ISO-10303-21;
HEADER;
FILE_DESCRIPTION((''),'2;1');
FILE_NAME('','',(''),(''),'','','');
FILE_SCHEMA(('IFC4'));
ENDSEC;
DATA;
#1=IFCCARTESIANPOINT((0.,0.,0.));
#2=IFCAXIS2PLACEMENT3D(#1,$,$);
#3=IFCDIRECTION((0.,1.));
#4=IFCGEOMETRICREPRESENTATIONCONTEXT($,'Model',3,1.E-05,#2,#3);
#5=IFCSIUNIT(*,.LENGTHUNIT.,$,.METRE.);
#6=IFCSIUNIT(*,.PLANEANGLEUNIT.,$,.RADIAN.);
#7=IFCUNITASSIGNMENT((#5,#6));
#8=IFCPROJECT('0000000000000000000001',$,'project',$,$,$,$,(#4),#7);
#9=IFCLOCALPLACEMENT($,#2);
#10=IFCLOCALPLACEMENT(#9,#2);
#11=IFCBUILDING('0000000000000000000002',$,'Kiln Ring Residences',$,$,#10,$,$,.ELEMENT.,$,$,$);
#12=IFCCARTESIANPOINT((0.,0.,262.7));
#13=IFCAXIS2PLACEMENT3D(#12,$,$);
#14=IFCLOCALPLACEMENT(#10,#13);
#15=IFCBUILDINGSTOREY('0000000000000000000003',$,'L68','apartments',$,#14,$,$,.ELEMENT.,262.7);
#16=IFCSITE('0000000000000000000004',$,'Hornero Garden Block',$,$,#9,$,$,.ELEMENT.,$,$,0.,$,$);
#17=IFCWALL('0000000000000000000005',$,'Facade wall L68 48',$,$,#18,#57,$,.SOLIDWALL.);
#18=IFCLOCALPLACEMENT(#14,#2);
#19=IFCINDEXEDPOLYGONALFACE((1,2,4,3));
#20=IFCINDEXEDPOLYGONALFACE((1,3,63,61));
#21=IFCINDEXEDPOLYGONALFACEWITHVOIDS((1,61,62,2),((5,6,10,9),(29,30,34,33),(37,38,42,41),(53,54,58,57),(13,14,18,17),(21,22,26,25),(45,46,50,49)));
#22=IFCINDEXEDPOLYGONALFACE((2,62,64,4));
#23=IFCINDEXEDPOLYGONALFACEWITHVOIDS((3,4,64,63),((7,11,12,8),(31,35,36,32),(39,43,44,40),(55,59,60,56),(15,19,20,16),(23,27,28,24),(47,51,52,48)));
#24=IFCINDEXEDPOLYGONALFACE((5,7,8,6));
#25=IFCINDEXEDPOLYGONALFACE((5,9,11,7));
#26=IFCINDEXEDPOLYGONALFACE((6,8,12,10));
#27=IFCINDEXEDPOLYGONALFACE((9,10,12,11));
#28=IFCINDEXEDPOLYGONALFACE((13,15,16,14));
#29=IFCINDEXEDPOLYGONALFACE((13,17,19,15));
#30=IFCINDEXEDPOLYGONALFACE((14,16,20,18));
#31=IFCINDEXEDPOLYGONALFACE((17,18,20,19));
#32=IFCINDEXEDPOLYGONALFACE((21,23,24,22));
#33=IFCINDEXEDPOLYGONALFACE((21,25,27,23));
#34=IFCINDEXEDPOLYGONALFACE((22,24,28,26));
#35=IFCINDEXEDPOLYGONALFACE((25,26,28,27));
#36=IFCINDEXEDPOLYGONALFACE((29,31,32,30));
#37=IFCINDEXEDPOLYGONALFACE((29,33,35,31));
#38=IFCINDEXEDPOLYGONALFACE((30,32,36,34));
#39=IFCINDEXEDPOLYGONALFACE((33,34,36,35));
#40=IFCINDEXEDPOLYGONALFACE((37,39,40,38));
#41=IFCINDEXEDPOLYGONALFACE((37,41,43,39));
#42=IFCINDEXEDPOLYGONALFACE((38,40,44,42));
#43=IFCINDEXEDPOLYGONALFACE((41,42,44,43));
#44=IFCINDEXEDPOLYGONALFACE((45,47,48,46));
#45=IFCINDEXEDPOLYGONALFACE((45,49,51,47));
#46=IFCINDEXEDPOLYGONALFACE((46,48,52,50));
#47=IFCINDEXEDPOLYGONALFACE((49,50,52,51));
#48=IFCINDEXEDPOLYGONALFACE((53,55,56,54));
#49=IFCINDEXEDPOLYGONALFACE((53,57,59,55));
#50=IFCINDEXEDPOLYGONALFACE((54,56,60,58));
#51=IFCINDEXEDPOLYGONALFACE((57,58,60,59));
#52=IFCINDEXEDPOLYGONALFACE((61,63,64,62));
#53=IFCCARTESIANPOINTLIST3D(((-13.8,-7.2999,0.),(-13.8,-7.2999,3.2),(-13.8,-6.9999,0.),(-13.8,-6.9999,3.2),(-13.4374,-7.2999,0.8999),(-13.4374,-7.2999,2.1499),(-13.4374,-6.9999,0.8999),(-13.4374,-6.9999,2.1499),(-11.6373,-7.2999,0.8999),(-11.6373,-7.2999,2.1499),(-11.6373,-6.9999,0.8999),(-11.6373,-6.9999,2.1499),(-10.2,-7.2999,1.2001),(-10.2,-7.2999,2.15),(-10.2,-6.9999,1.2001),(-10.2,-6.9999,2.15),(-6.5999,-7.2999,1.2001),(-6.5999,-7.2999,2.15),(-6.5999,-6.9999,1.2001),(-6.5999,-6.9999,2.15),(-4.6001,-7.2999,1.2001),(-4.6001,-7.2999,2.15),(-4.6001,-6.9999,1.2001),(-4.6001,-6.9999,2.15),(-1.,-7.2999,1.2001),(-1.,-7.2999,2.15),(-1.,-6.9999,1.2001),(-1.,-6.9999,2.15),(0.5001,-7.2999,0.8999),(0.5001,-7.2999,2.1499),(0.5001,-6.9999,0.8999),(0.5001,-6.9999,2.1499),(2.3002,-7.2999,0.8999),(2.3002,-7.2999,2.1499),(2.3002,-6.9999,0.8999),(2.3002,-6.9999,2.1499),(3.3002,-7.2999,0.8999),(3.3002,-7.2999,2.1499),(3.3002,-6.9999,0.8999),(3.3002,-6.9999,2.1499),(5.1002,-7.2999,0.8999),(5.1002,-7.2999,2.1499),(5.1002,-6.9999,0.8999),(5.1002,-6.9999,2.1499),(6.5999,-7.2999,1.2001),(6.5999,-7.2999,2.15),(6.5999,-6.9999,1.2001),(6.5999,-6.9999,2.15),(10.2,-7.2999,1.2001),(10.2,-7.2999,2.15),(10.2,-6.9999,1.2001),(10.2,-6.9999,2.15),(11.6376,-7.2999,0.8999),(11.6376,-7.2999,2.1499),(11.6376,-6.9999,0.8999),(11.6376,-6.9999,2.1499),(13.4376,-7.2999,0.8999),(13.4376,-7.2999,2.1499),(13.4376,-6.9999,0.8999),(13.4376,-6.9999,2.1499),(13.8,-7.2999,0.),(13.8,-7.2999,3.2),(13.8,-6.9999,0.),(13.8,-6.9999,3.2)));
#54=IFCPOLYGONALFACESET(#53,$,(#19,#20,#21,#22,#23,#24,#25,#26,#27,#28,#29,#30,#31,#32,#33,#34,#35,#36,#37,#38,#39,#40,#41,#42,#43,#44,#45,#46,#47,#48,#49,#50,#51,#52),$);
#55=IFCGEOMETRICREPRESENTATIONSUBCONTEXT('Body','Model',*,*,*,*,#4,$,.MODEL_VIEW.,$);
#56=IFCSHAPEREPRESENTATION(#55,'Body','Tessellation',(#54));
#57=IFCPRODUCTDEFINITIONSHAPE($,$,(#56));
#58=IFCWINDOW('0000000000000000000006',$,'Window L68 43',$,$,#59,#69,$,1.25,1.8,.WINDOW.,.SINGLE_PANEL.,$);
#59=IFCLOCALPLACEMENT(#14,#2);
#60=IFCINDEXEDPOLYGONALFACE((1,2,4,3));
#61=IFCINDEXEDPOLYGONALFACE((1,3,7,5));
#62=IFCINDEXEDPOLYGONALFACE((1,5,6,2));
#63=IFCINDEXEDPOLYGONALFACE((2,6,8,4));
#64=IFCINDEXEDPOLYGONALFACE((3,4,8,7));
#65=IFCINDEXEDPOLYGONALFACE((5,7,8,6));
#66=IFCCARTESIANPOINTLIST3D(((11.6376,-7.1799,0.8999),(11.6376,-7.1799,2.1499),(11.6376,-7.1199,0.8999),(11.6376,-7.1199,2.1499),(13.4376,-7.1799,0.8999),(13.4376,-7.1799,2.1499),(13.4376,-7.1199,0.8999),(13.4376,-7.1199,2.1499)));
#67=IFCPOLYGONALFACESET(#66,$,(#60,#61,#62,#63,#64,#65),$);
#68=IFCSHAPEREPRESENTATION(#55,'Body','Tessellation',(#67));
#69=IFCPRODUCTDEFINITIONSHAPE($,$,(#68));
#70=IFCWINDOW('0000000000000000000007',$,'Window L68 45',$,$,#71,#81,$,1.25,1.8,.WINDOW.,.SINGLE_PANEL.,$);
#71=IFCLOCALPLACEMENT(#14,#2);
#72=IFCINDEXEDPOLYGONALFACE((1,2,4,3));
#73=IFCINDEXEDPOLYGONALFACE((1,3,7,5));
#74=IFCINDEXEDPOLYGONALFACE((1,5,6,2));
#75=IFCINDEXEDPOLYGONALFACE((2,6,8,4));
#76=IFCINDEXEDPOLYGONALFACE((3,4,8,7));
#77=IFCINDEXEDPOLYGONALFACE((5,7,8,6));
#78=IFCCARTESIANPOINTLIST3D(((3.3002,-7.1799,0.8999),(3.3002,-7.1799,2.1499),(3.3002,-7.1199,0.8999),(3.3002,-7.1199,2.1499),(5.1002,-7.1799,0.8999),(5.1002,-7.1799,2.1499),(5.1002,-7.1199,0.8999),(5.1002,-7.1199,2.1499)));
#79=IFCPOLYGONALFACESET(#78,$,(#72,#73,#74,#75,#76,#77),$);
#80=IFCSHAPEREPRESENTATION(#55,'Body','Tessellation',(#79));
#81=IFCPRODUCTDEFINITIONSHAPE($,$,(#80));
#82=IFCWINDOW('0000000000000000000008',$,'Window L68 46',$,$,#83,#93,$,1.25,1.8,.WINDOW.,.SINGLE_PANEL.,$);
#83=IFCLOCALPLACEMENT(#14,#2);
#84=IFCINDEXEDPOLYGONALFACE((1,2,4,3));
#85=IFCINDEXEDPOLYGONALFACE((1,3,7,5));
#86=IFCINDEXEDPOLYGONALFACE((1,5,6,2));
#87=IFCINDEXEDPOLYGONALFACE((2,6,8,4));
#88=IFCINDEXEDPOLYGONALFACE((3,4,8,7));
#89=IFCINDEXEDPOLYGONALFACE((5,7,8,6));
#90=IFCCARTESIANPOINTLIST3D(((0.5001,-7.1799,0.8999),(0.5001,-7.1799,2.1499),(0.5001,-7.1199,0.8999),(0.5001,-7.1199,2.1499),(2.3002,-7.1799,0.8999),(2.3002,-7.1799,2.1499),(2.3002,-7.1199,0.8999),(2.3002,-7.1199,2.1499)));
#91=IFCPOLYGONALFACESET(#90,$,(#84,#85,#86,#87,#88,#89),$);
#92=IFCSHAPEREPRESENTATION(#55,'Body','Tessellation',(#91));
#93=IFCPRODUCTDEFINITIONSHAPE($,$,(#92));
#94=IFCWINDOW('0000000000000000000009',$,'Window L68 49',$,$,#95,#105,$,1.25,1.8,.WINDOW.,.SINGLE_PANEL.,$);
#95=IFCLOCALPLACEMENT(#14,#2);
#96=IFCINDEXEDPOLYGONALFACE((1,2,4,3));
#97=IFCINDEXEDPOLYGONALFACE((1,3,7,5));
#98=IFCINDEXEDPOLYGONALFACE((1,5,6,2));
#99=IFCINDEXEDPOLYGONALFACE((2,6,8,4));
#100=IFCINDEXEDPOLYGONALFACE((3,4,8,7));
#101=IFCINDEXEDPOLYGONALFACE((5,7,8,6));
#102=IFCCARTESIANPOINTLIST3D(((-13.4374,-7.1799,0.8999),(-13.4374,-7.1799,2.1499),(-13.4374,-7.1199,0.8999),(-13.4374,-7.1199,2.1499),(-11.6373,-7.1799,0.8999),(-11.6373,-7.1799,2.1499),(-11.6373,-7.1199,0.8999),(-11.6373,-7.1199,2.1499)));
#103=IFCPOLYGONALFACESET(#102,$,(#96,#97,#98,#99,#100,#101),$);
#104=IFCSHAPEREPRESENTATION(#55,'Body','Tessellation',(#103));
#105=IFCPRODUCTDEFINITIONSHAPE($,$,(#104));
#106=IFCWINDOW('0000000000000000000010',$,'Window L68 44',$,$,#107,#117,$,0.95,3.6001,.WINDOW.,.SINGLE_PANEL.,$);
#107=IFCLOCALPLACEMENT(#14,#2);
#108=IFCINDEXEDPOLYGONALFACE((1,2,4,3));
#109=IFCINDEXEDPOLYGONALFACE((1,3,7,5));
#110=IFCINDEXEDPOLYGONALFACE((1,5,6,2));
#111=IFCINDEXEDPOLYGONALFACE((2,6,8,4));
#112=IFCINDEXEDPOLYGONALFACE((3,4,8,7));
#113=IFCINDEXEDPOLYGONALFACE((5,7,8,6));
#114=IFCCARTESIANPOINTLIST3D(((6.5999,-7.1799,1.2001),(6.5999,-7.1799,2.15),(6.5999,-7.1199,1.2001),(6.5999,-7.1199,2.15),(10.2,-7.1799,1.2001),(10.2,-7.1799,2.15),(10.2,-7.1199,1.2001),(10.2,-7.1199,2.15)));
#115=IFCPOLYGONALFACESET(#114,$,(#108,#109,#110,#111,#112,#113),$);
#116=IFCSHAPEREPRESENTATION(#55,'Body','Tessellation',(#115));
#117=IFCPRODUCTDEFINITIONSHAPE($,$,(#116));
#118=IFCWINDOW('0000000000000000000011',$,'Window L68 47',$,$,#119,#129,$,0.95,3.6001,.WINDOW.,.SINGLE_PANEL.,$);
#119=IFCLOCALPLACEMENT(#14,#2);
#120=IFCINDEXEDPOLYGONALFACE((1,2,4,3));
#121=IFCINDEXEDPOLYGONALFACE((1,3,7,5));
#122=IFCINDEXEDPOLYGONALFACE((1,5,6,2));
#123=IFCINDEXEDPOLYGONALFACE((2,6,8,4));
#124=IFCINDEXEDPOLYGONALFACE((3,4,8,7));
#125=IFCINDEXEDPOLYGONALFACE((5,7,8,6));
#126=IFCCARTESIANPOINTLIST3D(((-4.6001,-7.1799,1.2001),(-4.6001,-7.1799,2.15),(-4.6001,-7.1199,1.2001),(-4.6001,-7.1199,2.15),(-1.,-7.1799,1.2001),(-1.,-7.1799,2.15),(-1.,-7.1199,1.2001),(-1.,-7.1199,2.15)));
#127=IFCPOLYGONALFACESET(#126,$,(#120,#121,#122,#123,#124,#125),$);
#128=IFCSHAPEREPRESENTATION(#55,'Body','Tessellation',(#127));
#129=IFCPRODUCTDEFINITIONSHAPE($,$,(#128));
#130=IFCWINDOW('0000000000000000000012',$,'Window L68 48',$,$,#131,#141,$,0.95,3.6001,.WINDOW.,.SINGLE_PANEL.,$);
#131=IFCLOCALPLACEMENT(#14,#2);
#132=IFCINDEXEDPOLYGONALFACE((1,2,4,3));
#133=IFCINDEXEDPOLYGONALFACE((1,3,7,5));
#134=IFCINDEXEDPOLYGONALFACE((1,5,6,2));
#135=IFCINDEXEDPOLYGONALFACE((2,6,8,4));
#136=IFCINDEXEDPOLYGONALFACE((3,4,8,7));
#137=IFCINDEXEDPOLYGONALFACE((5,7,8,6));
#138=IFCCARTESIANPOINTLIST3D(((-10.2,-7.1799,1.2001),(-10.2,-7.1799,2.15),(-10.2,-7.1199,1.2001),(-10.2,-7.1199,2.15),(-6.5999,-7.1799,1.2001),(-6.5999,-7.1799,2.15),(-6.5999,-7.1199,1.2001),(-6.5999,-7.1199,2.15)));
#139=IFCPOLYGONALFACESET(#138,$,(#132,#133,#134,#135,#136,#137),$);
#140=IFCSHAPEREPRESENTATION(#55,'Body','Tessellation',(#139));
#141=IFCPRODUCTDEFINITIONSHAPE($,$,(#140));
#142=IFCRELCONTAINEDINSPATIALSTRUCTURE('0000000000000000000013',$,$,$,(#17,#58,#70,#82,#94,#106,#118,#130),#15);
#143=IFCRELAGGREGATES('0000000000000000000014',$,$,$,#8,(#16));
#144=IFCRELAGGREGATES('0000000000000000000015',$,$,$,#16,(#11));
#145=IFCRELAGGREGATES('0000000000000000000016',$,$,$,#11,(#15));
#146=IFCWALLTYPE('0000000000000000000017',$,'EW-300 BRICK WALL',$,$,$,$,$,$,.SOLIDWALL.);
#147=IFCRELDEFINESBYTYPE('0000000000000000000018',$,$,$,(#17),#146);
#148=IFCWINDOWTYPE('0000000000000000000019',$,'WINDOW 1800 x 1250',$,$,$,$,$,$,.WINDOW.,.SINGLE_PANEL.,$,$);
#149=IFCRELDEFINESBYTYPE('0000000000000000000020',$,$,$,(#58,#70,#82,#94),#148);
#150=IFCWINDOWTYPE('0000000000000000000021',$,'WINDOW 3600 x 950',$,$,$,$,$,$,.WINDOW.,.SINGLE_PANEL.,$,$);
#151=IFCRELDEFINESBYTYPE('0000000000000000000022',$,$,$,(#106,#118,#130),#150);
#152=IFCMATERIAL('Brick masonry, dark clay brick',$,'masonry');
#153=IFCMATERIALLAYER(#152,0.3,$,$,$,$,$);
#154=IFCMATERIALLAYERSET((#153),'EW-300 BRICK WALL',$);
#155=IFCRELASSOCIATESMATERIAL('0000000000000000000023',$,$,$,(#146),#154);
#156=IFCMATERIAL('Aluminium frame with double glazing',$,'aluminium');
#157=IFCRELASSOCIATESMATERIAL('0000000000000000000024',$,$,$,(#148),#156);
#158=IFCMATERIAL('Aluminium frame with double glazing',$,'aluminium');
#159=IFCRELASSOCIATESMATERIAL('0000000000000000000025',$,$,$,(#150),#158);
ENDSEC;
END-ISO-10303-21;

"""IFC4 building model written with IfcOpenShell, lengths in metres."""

from ifc_helpers import new_model, si_unit, direction, frame, frame_2d, origin, place, context, subcontext, project, spatial, rectangle, extrude, material, layer, layer_set, type_object, element, fill, save


model = new_model("IFC4")

# Units and contexts
model_context = context("Model", 3, precision=1e-05, world=origin(), true_north=direction((0.0, 1.0)))
body_context = subcontext(model_context, "Body", "Model", "MODEL_VIEW")
ifc_project = project(units=[si_unit("LENGTHUNIT", "METRE"), si_unit("PLANEANGLEUNIT", "RADIAN")], contexts=[model_context])

# Site, building, storey
site_placement = place(None, origin())
site = spatial("IfcSite", under=ifc_project, at=site_placement, Name="Hornero Garden Block", CompositionType="ELEMENT", RefElevation=0.0)
building_placement = place(site_placement, origin())
building = spatial("IfcBuilding", under=site, at=building_placement, Name="Kiln Ring Residences", CompositionType="ELEMENT")
storey_placement = place(building_placement, frame((0.0, 0.0, 262.7)))
storey = spatial("IfcBuildingStorey", under=building, at=storey_placement, Name="L68", Description="apartments", CompositionType="ELEMENT", Elevation=262.7)

# Wall, openings, windows
ifc_material_1 = material(Name="Brick masonry, dark clay brick", Category="masonry")
ifc_layer_1 = layer(ifc_material_1, 0.3)
ifc_layer_set_1 = layer_set([ifc_layer_1], Name="EW-300 BRICK WALL")
wall_type_1 = type_object("IfcWallType", Name="EW-300 BRICK WALL", PredefinedType="SOLIDWALL", material=ifc_layer_set_1)
wall_1_placement = place(storey_placement, frame((13.8, -7.1499, 0.0), z_axis=(0.0, 0.0, 1.0), x_axis=(-1.0, 0.0, 0.0)))
wall_1 = element("IfcWall", 1, at=wall_1_placement, inside=storey, type_object=wall_type_1, Name="Facade wall L68 48", PredefinedType="SOLIDWALL", context=body_context, shape_type="SweptSolid", body=[
    extrude(rectangle(XDim=27.6001, YDim=0.3, at=frame_2d((13.8, 0.0))), origin(), (0.0, 0.0, 1.0), 3.2),
])
opening_1_placement = place(wall_1_placement, frame((0.3625, 0.0, 0.8999)))
opening_1 = element("IfcOpeningElement", 2, at=opening_1_placement, cuts=wall_1, PredefinedType="OPENING", context=body_context, shape_type="SweptSolid", body=[
    extrude(rectangle(XDim=1.8, YDim=1.25, at=frame_2d((0.8999, 0.625))), frame((0.0, 0.1599, 0.0), z_axis=(0.0, -1.0, 0.0), x_axis=(1.0, 0.0, 0.0)), (0.0, 0.0, 1.0), 0.3201),
])
opening_2_placement = place(wall_1_placement, frame((3.6001, 0.0, 1.2)))
opening_2 = element("IfcOpeningElement", 3, at=opening_2_placement, cuts=wall_1, PredefinedType="OPENING", context=body_context, shape_type="SweptSolid", body=[
    extrude(rectangle(XDim=3.6001, YDim=0.95, at=frame_2d((1.8, 0.4751))), frame((0.0, 0.1599, 0.0), z_axis=(0.0, -1.0, 0.0), x_axis=(1.0, 0.0, 0.0)), (0.0, 0.0, 1.0), 0.3201),
])
opening_3_placement = place(wall_1_placement, frame((8.7, 0.0, 0.8999)))
opening_3 = element("IfcOpeningElement", 4, at=opening_3_placement, cuts=wall_1, PredefinedType="OPENING", context=body_context, shape_type="SweptSolid", body=[
    extrude(rectangle(XDim=1.8, YDim=1.25, at=frame_2d((0.8999, 0.625))), frame((0.0, 0.1599, 0.0), z_axis=(0.0, -1.0, 0.0), x_axis=(1.0, 0.0, 0.0)), (0.0, 0.0, 1.0), 0.3201),
])
opening_4_placement = place(wall_1_placement, frame((11.5, 0.0, 0.8999)))
opening_4 = element("IfcOpeningElement", 5, at=opening_4_placement, cuts=wall_1, PredefinedType="OPENING", context=body_context, shape_type="SweptSolid", body=[
    extrude(rectangle(XDim=1.8, YDim=1.25, at=frame_2d((0.8999, 0.625))), frame((0.0, 0.1599, 0.0), z_axis=(0.0, -1.0, 0.0), x_axis=(1.0, 0.0, 0.0)), (0.0, 0.0, 1.0), 0.3201),
])
opening_5_placement = place(wall_1_placement, frame((14.8, 0.0, 1.2)))
opening_5 = element("IfcOpeningElement", 6, at=opening_5_placement, cuts=wall_1, PredefinedType="OPENING", context=body_context, shape_type="SweptSolid", body=[
    extrude(rectangle(XDim=3.6001, YDim=0.95, at=frame_2d((1.8, 0.4751))), frame((0.0, 0.1599, 0.0), z_axis=(0.0, -1.0, 0.0), x_axis=(1.0, 0.0, 0.0)), (0.0, 0.0, 1.0), 0.3201),
])
opening_6_placement = place(wall_1_placement, frame((20.3999, 0.0, 1.2)))
opening_6 = element("IfcOpeningElement", 7, at=opening_6_placement, cuts=wall_1, PredefinedType="OPENING", context=body_context, shape_type="SweptSolid", body=[
    extrude(rectangle(XDim=3.6001, YDim=0.95, at=frame_2d((1.8, 0.4751))), frame((0.0, 0.1599, 0.0), z_axis=(0.0, -1.0, 0.0), x_axis=(1.0, 0.0, 0.0)), (0.0, 0.0, 1.0), 0.3201),
])
opening_7_placement = place(wall_1_placement, frame((25.4375, 0.0, 0.8999)))
opening_7 = element("IfcOpeningElement", 8, at=opening_7_placement, cuts=wall_1, PredefinedType="OPENING", context=body_context, shape_type="SweptSolid", body=[
    extrude(rectangle(XDim=1.8, YDim=1.25, at=frame_2d((0.8999, 0.625))), frame((0.0, 0.1599, 0.0), z_axis=(0.0, -1.0, 0.0), x_axis=(1.0, 0.0, 0.0)), (0.0, 0.0, 1.0), 0.3201),
])
ifc_material_2 = material(Name="Aluminium frame with double glazing", Category="aluminium")
window_type_1 = type_object("IfcWindowType", Name="WINDOW 1800 x 1250", PartitioningType="SINGLE_PANEL", PredefinedType="WINDOW", material=ifc_material_2)
window_1_placement = place(opening_1_placement, origin())
window_1 = element("IfcWindow", 9, at=window_1_placement, inside=storey, type_object=window_type_1, Name="Window L68 43", OverallHeight=1.25, OverallWidth=1.8, PartitioningType="SINGLE_PANEL", PredefinedType="WINDOW", context=body_context, shape_type="SweptSolid", body=[
    extrude(rectangle(XDim=1.8, YDim=1.25, at=frame_2d((0.8999, 0.625))), frame((0.0, 0.03, 0.0), z_axis=(0.0, -1.0, 0.0), x_axis=(1.0, 0.0, 0.0)), (0.0, 0.0, 1.0), 0.0601),
])
fill(opening_1, window_1)
window_2_placement = place(opening_3_placement, origin())
window_2 = element("IfcWindow", 10, at=window_2_placement, inside=storey, type_object=window_type_1, Name="Window L68 45", OverallHeight=1.25, OverallWidth=1.8, PartitioningType="SINGLE_PANEL", PredefinedType="WINDOW", context=body_context, shape_type="SweptSolid", body=[
    extrude(rectangle(XDim=1.8, YDim=1.25, at=frame_2d((0.8999, 0.625))), frame((0.0, 0.03, 0.0), z_axis=(0.0, -1.0, 0.0), x_axis=(1.0, 0.0, 0.0)), (0.0, 0.0, 1.0), 0.0601),
])
fill(opening_3, window_2)
window_3_placement = place(opening_4_placement, origin())
window_3 = element("IfcWindow", 11, at=window_3_placement, inside=storey, type_object=window_type_1, Name="Window L68 46", OverallHeight=1.25, OverallWidth=1.8, PartitioningType="SINGLE_PANEL", PredefinedType="WINDOW", context=body_context, shape_type="SweptSolid", body=[
    extrude(rectangle(XDim=1.8, YDim=1.25, at=frame_2d((0.8999, 0.625))), frame((0.0, 0.03, 0.0), z_axis=(0.0, -1.0, 0.0), x_axis=(1.0, 0.0, 0.0)), (0.0, 0.0, 1.0), 0.0601),
])
fill(opening_4, window_3)
window_4_placement = place(opening_7_placement, origin())
window_4 = element("IfcWindow", 12, at=window_4_placement, inside=storey, type_object=window_type_1, Name="Window L68 49", OverallHeight=1.25, OverallWidth=1.8, PartitioningType="SINGLE_PANEL", PredefinedType="WINDOW", context=body_context, shape_type="SweptSolid", body=[
    extrude(rectangle(XDim=1.8, YDim=1.25, at=frame_2d((0.8999, 0.625))), frame((0.0, 0.03, 0.0), z_axis=(0.0, -1.0, 0.0), x_axis=(1.0, 0.0, 0.0)), (0.0, 0.0, 1.0), 0.0601),
])
fill(opening_7, window_4)
ifc_material_3 = material(Name="Aluminium frame with double glazing", Category="aluminium")
window_type_2 = type_object("IfcWindowType", Name="WINDOW 3600 x 950", PartitioningType="SINGLE_PANEL", PredefinedType="WINDOW", material=ifc_material_3)
window_5_placement = place(opening_2_placement, origin())
window_5 = element("IfcWindow", 13, at=window_5_placement, inside=storey, type_object=window_type_2, Name="Window L68 44", OverallHeight=0.95, OverallWidth=3.6001, PartitioningType="SINGLE_PANEL", PredefinedType="WINDOW", context=body_context, shape_type="SweptSolid", body=[
    extrude(rectangle(XDim=3.6001, YDim=0.95, at=frame_2d((1.8, 0.4751))), frame((0.0, 0.03, 0.0), z_axis=(0.0, -1.0, 0.0), x_axis=(1.0, 0.0, 0.0)), (0.0, 0.0, 1.0), 0.0601),
])
fill(opening_2, window_5)
window_6_placement = place(opening_5_placement, origin())
window_6 = element("IfcWindow", 14, at=window_6_placement, inside=storey, type_object=window_type_2, Name="Window L68 47", OverallHeight=0.95, OverallWidth=3.6001, PartitioningType="SINGLE_PANEL", PredefinedType="WINDOW", context=body_context, shape_type="SweptSolid", body=[
    extrude(rectangle(XDim=3.6001, YDim=0.95, at=frame_2d((1.8, 0.4751))), frame((0.0, 0.03, 0.0), z_axis=(0.0, -1.0, 0.0), x_axis=(1.0, 0.0, 0.0)), (0.0, 0.0, 1.0), 0.0601),
])
fill(opening_5, window_6)
window_7_placement = place(opening_6_placement, origin())
window_7 = element("IfcWindow", 15, at=window_7_placement, inside=storey, type_object=window_type_2, Name="Window L68 48", OverallHeight=0.95, OverallWidth=3.6001, PartitioningType="SINGLE_PANEL", PredefinedType="WINDOW", context=body_context, shape_type="SweptSolid", body=[
    extrude(rectangle(XDim=3.6001, YDim=0.95, at=frame_2d((1.8, 0.4751))), frame((0.0, 0.03, 0.0), z_axis=(0.0, -1.0, 0.0), x_axis=(1.0, 0.0, 0.0)), (0.0, 0.0, 1.0), 0.0601),
])
fill(opening_6, window_7)

save(model, "model.ifc")
